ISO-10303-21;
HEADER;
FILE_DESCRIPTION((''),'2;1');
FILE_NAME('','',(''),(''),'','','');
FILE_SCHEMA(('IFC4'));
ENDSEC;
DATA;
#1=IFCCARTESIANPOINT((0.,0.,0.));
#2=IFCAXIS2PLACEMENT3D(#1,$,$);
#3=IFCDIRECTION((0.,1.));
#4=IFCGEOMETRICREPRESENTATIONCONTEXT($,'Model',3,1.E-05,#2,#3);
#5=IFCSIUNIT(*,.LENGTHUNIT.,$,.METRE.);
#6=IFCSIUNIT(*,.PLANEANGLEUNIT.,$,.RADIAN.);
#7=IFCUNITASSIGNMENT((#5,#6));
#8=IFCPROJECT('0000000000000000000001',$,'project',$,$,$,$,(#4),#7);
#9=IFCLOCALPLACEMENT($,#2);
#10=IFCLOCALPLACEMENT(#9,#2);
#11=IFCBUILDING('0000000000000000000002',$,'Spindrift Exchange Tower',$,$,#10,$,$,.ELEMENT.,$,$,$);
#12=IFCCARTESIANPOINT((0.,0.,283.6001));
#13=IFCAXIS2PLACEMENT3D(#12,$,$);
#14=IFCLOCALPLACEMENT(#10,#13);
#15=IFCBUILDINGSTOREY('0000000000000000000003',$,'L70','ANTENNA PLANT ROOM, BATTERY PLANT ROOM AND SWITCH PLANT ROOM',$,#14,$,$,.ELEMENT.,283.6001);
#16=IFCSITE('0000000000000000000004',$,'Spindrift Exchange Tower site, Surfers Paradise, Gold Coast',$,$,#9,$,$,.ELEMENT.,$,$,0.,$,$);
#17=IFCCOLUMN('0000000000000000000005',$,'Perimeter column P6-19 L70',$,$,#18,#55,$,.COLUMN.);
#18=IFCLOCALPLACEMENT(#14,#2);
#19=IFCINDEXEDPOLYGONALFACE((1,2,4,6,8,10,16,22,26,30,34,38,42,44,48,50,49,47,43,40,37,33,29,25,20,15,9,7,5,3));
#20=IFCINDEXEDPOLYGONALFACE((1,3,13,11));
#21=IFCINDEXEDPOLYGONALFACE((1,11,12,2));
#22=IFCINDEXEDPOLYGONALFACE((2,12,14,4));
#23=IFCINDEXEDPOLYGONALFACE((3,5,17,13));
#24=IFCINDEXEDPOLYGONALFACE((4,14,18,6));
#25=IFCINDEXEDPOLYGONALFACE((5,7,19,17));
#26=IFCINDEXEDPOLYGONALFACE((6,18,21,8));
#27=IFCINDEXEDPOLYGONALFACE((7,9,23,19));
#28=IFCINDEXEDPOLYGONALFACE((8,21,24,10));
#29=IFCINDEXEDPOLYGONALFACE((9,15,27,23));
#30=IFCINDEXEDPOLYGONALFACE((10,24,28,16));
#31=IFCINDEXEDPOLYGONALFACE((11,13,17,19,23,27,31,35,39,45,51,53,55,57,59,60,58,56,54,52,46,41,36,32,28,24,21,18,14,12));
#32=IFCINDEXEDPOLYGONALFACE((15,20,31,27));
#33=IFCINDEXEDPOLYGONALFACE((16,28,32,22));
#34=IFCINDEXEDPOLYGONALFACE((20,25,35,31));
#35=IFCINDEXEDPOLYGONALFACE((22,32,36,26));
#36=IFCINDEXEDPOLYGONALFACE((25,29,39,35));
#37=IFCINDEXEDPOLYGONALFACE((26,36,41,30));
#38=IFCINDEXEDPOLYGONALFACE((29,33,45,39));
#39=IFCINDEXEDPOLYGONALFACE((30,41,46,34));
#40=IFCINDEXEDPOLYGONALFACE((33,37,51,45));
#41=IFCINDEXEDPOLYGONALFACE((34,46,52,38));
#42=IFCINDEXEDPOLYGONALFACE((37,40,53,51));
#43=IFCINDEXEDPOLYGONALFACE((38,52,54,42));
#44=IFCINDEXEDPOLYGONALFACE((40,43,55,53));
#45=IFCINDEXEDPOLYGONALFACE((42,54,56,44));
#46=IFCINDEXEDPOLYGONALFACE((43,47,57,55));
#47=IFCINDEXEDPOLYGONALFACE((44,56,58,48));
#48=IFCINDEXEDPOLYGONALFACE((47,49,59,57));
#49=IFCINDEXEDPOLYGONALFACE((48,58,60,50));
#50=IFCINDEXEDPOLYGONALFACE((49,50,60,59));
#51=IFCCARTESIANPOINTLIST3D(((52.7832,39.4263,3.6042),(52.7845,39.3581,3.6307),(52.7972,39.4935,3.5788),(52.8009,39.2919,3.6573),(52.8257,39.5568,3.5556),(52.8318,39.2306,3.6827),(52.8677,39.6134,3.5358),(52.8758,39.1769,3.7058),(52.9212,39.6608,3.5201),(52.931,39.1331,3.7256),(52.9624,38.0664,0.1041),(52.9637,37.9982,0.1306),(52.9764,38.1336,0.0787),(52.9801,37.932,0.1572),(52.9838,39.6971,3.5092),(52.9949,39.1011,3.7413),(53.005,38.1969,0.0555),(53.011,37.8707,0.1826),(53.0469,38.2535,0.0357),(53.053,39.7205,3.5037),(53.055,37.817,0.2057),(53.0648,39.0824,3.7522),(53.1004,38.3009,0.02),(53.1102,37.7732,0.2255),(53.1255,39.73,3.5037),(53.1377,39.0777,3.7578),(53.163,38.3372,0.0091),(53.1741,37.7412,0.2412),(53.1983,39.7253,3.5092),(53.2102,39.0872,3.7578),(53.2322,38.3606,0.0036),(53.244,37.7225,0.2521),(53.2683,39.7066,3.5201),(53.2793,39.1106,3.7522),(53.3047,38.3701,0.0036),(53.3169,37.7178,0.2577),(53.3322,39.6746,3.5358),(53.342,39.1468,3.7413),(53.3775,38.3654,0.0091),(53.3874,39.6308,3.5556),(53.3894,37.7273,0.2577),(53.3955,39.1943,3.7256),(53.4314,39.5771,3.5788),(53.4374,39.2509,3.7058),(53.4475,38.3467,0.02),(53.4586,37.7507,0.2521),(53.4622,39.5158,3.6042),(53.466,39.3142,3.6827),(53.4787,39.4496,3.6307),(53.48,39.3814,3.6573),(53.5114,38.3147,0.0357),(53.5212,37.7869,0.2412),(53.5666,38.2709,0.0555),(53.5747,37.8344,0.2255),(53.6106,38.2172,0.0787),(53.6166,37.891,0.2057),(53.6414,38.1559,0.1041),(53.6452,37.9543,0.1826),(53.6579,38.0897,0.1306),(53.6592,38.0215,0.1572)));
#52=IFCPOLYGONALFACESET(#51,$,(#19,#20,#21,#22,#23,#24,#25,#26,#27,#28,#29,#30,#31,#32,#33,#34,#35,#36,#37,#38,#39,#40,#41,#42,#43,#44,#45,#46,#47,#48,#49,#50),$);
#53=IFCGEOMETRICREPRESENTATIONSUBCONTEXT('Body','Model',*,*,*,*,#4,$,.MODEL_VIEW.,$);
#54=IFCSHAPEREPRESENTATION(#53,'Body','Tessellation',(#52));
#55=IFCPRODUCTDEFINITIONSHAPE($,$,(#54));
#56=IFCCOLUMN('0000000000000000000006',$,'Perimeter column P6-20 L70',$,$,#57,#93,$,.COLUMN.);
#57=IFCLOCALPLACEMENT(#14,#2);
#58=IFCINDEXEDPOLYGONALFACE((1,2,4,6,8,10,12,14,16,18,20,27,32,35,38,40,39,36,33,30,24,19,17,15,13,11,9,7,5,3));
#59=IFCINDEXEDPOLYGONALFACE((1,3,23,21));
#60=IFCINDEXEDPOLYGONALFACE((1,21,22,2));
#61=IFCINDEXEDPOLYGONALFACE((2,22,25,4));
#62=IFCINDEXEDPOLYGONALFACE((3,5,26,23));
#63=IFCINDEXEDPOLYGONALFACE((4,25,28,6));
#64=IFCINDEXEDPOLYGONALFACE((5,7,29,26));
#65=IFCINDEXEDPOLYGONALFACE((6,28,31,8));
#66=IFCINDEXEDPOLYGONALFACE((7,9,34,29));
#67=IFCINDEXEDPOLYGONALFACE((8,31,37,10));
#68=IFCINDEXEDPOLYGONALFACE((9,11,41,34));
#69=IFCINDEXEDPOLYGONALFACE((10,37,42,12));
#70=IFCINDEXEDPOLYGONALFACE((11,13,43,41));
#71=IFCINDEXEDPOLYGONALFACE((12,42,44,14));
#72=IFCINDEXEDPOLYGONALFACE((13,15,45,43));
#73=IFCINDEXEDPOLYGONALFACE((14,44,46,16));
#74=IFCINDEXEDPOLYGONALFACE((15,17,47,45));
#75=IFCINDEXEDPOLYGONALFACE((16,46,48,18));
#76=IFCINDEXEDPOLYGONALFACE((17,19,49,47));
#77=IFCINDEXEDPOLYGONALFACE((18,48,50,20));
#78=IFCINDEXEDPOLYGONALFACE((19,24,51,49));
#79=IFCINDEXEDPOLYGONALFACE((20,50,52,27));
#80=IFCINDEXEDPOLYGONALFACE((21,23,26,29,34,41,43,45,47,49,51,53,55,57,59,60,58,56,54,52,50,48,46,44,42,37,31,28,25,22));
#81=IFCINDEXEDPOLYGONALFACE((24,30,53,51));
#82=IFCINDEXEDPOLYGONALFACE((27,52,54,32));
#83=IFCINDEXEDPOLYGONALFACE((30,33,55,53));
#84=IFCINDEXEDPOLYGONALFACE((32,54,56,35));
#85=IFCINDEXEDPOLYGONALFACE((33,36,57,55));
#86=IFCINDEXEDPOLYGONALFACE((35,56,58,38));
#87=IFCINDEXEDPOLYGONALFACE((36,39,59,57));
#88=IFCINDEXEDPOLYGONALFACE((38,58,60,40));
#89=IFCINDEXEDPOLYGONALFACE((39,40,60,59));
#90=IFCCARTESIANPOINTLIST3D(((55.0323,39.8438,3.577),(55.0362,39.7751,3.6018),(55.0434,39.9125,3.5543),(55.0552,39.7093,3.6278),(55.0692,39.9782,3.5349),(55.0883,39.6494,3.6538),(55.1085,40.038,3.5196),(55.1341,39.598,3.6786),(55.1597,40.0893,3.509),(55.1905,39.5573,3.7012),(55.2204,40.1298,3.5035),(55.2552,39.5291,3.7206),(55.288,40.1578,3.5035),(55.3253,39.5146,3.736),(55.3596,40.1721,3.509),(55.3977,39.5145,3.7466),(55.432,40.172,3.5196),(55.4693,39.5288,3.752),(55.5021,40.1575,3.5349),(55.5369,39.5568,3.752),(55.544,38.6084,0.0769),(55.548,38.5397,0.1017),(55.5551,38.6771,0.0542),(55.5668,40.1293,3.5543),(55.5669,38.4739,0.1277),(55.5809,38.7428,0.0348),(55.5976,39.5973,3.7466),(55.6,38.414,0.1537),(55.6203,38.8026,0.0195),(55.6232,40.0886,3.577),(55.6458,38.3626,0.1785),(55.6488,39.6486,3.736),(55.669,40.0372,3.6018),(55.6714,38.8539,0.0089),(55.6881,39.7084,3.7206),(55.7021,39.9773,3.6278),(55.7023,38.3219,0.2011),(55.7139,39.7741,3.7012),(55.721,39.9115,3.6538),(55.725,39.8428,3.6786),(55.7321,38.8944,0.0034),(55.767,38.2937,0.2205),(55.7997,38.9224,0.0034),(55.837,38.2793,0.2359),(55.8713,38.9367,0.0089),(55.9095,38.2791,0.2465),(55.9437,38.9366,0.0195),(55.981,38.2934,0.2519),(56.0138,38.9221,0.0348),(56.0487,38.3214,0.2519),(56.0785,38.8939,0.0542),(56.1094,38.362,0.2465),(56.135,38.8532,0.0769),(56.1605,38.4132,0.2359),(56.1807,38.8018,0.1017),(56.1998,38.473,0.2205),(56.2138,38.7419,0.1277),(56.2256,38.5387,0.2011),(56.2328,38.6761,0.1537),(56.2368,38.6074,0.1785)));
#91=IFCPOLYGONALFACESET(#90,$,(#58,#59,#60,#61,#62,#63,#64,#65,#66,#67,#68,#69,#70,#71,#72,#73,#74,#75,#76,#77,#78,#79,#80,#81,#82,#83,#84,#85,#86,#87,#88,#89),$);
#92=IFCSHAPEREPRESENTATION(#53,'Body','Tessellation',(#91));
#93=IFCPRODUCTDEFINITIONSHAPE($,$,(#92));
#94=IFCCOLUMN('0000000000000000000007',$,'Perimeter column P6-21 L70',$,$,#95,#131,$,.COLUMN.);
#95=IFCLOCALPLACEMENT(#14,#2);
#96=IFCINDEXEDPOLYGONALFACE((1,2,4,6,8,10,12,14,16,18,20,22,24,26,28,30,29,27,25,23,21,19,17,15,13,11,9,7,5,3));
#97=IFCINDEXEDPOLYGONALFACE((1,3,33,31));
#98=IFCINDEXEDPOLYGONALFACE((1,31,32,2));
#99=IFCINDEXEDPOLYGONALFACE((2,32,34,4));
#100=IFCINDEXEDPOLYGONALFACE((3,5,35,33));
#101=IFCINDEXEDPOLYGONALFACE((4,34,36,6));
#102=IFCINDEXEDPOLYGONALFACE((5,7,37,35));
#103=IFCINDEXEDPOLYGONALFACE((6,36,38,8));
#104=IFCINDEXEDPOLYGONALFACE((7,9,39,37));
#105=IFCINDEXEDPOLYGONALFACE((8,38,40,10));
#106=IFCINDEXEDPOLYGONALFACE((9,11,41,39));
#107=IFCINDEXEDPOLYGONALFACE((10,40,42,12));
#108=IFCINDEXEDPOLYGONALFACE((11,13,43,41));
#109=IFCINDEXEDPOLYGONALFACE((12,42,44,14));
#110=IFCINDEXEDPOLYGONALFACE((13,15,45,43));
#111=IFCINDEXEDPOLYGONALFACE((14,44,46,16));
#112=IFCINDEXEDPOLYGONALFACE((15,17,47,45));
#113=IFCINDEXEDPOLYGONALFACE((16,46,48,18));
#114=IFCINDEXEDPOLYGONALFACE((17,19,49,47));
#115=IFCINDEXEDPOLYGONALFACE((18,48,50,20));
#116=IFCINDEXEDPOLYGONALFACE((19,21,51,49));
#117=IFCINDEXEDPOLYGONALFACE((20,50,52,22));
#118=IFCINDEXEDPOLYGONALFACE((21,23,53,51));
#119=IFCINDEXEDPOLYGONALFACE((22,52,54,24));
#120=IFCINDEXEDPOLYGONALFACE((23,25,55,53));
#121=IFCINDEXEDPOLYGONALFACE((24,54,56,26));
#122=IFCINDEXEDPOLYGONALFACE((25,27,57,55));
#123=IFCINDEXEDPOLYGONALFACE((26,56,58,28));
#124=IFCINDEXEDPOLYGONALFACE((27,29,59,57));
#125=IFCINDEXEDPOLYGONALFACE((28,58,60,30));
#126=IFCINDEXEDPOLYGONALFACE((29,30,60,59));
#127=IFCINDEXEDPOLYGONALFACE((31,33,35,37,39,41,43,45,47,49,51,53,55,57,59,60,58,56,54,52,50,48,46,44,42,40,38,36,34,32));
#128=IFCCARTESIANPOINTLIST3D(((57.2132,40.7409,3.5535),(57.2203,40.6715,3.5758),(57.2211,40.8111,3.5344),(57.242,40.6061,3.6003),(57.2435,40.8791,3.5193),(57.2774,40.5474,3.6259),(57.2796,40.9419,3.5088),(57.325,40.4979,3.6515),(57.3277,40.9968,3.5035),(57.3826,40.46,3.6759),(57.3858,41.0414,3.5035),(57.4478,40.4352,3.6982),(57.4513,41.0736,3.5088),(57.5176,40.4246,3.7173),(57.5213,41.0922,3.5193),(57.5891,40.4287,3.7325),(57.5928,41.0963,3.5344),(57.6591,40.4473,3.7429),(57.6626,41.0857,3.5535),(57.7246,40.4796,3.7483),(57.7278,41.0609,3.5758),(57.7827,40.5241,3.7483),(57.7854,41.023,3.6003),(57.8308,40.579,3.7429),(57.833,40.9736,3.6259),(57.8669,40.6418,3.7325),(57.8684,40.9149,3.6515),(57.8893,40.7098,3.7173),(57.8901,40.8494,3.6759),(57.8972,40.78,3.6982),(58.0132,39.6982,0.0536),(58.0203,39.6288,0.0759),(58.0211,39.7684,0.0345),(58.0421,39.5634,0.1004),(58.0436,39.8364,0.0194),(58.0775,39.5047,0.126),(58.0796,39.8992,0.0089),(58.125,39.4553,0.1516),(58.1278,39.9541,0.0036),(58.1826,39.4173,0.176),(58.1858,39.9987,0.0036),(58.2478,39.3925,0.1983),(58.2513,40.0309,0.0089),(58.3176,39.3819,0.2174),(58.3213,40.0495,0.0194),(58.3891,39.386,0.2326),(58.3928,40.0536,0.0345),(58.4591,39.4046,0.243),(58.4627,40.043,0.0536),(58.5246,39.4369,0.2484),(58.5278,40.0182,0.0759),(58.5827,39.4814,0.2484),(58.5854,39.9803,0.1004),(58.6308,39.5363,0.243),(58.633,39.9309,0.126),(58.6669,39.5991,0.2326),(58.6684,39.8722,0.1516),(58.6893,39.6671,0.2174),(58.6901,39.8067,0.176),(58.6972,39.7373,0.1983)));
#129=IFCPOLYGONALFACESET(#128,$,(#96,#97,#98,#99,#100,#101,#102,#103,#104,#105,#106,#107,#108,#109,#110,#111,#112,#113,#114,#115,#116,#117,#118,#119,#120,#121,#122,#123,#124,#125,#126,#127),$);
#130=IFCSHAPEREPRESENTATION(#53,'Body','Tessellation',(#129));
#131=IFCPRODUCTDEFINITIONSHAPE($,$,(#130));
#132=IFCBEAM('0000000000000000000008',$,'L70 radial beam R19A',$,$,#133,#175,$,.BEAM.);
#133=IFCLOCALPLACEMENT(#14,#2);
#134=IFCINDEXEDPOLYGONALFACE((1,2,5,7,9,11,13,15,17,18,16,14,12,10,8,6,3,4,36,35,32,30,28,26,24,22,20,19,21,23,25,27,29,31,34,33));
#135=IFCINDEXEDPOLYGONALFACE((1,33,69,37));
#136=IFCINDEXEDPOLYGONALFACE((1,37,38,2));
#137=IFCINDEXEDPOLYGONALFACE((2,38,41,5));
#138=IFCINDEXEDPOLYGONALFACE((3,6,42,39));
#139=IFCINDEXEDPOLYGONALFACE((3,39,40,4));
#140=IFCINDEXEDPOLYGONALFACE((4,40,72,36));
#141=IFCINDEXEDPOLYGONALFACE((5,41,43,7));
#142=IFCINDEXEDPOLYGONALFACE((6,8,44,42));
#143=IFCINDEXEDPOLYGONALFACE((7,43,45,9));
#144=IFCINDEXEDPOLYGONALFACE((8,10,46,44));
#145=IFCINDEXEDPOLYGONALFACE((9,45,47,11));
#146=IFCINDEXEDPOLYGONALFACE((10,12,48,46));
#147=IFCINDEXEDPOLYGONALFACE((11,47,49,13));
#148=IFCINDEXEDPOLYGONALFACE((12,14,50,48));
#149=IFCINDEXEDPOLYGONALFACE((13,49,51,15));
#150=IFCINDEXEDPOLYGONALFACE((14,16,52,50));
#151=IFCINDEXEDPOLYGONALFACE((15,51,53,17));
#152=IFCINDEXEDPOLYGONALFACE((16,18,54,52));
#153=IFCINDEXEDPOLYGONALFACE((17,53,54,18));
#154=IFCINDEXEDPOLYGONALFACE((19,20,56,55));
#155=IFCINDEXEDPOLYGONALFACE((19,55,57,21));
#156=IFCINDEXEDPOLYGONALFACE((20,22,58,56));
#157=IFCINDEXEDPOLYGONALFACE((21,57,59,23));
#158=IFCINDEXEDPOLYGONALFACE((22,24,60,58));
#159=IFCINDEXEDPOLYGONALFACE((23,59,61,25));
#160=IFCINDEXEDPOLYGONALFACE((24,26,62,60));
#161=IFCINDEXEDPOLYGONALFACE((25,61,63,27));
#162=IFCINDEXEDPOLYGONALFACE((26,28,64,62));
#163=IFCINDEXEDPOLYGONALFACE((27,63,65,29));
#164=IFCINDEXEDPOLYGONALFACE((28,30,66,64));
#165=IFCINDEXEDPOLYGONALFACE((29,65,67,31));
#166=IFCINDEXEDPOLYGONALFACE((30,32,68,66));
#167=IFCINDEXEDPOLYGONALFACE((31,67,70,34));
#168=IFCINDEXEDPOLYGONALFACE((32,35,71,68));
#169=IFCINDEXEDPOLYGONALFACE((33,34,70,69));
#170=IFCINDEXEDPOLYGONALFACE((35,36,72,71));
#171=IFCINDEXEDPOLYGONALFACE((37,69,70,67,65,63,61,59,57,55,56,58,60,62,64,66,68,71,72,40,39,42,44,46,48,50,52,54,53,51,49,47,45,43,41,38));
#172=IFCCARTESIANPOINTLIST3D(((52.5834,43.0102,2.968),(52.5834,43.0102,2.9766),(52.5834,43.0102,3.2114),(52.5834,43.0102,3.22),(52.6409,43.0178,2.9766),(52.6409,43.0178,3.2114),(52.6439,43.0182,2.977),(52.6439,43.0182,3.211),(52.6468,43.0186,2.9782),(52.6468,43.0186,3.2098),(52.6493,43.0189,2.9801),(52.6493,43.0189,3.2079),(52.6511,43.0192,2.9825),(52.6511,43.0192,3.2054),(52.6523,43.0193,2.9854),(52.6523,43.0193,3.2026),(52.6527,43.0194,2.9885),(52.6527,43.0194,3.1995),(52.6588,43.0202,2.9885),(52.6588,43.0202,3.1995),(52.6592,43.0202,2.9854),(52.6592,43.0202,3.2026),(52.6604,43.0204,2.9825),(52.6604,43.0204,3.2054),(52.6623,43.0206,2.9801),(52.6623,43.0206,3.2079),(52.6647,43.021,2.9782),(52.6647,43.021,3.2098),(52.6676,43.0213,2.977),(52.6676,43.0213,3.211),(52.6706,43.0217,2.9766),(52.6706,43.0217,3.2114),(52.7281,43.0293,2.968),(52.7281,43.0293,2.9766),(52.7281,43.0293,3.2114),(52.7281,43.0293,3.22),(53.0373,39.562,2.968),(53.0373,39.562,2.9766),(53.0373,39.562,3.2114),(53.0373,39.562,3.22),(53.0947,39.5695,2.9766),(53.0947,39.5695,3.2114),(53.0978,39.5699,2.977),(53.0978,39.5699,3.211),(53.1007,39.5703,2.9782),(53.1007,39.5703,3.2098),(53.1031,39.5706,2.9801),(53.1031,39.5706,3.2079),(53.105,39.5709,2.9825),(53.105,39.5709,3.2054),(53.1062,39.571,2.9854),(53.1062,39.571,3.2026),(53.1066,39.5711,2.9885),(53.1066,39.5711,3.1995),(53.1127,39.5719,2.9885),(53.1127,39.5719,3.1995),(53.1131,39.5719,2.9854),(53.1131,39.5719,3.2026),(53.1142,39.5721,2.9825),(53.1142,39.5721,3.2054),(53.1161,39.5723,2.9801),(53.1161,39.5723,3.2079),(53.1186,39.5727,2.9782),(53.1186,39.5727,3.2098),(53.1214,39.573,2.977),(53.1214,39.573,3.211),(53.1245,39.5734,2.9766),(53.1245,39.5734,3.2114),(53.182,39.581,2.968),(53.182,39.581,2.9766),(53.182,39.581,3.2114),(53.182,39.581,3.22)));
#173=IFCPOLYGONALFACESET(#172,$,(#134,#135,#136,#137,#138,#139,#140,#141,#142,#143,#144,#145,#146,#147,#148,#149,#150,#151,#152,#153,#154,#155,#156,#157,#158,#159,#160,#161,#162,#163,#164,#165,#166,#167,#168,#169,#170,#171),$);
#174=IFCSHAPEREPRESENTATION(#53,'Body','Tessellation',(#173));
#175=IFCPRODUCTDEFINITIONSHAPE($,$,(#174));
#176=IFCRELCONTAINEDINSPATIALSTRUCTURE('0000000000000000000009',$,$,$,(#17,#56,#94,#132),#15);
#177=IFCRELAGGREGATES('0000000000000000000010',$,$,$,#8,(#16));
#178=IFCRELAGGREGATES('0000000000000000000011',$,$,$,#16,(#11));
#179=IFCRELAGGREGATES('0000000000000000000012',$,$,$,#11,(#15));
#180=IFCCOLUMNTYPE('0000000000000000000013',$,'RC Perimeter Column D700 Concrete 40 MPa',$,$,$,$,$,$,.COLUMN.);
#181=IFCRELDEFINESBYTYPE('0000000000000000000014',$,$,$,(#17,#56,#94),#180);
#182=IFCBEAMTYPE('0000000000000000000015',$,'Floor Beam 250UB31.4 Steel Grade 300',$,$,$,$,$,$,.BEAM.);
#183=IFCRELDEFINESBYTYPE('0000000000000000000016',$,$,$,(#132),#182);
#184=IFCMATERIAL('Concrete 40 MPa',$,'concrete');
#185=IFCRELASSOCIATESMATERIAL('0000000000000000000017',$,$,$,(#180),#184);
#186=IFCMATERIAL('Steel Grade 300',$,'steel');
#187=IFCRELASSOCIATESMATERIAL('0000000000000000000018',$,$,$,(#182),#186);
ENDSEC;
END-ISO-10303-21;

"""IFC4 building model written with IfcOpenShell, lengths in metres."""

from ifc_helpers import new_model, si_unit, direction, frame, origin, origin_2d, place, context, subcontext, project, spatial, circle, i_section, extrude, source, transform, mapped, material, material_profile, profile_set, type_object, element, save


model = new_model("IFC4")

# Units and contexts
model_context = context("Model", 3, precision=1e-05, world=origin(), true_north=direction((0.0, 1.0)))
body_context = subcontext(model_context, "Body", "Model", "MODEL_VIEW")
ifc_project = project(units=[si_unit("LENGTHUNIT", "METRE"), si_unit("PLANEANGLEUNIT", "RADIAN")], contexts=[model_context])

# Site, building, storey
site_placement = place(None, origin())
site = spatial("IfcSite", under=ifc_project, at=site_placement, Name="Spindrift Exchange Tower site, Surfers Paradise, Gold Coast", CompositionType="ELEMENT", RefElevation=0.0)
building_placement = place(site_placement, origin())
building = spatial("IfcBuilding", under=site, at=building_placement, Name="Spindrift Exchange Tower", CompositionType="ELEMENT")
storey_placement = place(building_placement, frame((0.0, 0.0, 283.6001)))
storey = spatial("IfcBuildingStorey", under=building, at=storey_placement, Name="L70", Description="ANTENNA PLANT ROOM, BATTERY PLANT ROOM AND SWITCH PLANT ROOM", CompositionType="ELEMENT", Elevation=283.6001)

# Columns
ifc_material_1 = material(Name="Concrete 40 MPa", Category="concrete")
ifc_material_profile_1 = material_profile(ifc_material_1, circle(Radius=0.3501, at=origin_2d()), Name="RC D700")
ifc_profile_set_1 = profile_set([ifc_material_profile_1], Name="Concrete 40 MPa")
column_type = type_object("IfcColumnType", Name="RC Perimeter Column D700 Concrete 40 MPa", PredefinedType="COLUMN", material=ifc_profile_set_1)
shared_shape_1 = source(origin(), body_context, "Body", "SweptSolid", [
    extrude(circle(Radius=0.3501, at=origin_2d()), origin(), (0.0, 0.0, 1.0), 3.7593),
])
column_1_placement = place(storey_placement, frame((53.3108, 38.0439, 0.1306), z_axis=(-0.04767, 0.361746, 0.931057), x_axis=(-0.991429, -0.130648, 0.0)))
element("IfcColumn", 1, at=column_1_placement, inside=storey, type_object=column_type, Name="Perimeter column P6-19 L70", PredefinedType="COLUMN", context=body_context, shape_type="MappedRepresentation", body=[
    mapped(shared_shape_1, transform((0.0, 0.0, 0.0), scale=1.0)),
])
shared_shape_2 = source(origin(), body_context, "Body", "SweptSolid", [
    extrude(circle(Radius=0.3501, at=origin_2d()), origin(), (0.0, 0.0, 1.0), 3.7468),
])
column_2_placement = place(storey_placement, frame((55.8904, 38.6079, 0.1277), z_axis=(-0.136578, 0.329715, 0.934149), x_axis=(-0.923874, -0.382696, 0.0)))
element("IfcColumn", 2, at=column_2_placement, inside=storey, type_object=column_type, Name="Perimeter column P6-20 L70", PredefinedType="COLUMN", context=body_context, shape_type="MappedRepresentation", body=[
    mapped(shared_shape_2, transform((0.0, 0.0, 0.0), scale=1.0)),
])
shared_shape_3 = source(origin(), body_context, "Body", "SweptSolid", [
    extrude(circle(Radius=0.3501, at=origin_2d()), origin(), (0.0, 0.0, 1.0), 3.7385),
])
column_3_placement = place(storey_placement, frame((58.3552, 39.7178, 0.126), z_axis=(-0.213995, 0.278906, 0.936172), x_axis=(-0.793376, -0.608732, 0.0)))
element("IfcColumn", 3, at=column_3_placement, inside=storey, type_object=column_type, Name="Perimeter column P6-21 L70", PredefinedType="COLUMN", context=body_context, shape_type="MappedRepresentation", body=[
    mapped(shared_shape_3, transform((0.0, 0.0, 0.0), scale=1.0)),
])

# Beam
ifc_material_2 = material(Name="Steel Grade 300", Category="steel")
ifc_material_profile_2 = material_profile(ifc_material_2, i_section(OverallWidth=0.146, OverallDepth=0.252, WebThickness=0.0061, FlangeThickness=0.0085, FilletRadius=0.012, at=origin_2d()), Name="250UB31.4")
ifc_profile_set_2 = profile_set([ifc_material_profile_2], Name="Steel Grade 300")
beam_type_1 = type_object("IfcBeamType", Name="Floor Beam 250UB31.4 Steel Grade 300", PredefinedType="BEAM", material=ifc_profile_set_2)
shared_shape_4 = source(origin(), body_context, "Body", "SweptSolid", [
    extrude(i_section(OverallWidth=0.146, OverallDepth=0.252, WebThickness=0.0061, FlangeThickness=0.0085, FilletRadius=0.012, at=origin_2d()), origin(), (0.0, 0.0, 1.0), 3.478),
])
beam_1_placement = place(storey_placement, frame((52.6558, 43.0198, 3.094), z_axis=(0.130494, -0.991449, 0.0), x_axis=(0.991449, 0.130494, 0.0)))
element("IfcBeam", 4, at=beam_1_placement, inside=storey, type_object=beam_type_1, Name="L70 radial beam R19A", PredefinedType="BEAM", context=body_context, shape_type="MappedRepresentation", body=[
    mapped(shared_shape_4, transform((0.0, 0.0, 0.0), scale=1.0)),
])

save(model, "model.ifc")
